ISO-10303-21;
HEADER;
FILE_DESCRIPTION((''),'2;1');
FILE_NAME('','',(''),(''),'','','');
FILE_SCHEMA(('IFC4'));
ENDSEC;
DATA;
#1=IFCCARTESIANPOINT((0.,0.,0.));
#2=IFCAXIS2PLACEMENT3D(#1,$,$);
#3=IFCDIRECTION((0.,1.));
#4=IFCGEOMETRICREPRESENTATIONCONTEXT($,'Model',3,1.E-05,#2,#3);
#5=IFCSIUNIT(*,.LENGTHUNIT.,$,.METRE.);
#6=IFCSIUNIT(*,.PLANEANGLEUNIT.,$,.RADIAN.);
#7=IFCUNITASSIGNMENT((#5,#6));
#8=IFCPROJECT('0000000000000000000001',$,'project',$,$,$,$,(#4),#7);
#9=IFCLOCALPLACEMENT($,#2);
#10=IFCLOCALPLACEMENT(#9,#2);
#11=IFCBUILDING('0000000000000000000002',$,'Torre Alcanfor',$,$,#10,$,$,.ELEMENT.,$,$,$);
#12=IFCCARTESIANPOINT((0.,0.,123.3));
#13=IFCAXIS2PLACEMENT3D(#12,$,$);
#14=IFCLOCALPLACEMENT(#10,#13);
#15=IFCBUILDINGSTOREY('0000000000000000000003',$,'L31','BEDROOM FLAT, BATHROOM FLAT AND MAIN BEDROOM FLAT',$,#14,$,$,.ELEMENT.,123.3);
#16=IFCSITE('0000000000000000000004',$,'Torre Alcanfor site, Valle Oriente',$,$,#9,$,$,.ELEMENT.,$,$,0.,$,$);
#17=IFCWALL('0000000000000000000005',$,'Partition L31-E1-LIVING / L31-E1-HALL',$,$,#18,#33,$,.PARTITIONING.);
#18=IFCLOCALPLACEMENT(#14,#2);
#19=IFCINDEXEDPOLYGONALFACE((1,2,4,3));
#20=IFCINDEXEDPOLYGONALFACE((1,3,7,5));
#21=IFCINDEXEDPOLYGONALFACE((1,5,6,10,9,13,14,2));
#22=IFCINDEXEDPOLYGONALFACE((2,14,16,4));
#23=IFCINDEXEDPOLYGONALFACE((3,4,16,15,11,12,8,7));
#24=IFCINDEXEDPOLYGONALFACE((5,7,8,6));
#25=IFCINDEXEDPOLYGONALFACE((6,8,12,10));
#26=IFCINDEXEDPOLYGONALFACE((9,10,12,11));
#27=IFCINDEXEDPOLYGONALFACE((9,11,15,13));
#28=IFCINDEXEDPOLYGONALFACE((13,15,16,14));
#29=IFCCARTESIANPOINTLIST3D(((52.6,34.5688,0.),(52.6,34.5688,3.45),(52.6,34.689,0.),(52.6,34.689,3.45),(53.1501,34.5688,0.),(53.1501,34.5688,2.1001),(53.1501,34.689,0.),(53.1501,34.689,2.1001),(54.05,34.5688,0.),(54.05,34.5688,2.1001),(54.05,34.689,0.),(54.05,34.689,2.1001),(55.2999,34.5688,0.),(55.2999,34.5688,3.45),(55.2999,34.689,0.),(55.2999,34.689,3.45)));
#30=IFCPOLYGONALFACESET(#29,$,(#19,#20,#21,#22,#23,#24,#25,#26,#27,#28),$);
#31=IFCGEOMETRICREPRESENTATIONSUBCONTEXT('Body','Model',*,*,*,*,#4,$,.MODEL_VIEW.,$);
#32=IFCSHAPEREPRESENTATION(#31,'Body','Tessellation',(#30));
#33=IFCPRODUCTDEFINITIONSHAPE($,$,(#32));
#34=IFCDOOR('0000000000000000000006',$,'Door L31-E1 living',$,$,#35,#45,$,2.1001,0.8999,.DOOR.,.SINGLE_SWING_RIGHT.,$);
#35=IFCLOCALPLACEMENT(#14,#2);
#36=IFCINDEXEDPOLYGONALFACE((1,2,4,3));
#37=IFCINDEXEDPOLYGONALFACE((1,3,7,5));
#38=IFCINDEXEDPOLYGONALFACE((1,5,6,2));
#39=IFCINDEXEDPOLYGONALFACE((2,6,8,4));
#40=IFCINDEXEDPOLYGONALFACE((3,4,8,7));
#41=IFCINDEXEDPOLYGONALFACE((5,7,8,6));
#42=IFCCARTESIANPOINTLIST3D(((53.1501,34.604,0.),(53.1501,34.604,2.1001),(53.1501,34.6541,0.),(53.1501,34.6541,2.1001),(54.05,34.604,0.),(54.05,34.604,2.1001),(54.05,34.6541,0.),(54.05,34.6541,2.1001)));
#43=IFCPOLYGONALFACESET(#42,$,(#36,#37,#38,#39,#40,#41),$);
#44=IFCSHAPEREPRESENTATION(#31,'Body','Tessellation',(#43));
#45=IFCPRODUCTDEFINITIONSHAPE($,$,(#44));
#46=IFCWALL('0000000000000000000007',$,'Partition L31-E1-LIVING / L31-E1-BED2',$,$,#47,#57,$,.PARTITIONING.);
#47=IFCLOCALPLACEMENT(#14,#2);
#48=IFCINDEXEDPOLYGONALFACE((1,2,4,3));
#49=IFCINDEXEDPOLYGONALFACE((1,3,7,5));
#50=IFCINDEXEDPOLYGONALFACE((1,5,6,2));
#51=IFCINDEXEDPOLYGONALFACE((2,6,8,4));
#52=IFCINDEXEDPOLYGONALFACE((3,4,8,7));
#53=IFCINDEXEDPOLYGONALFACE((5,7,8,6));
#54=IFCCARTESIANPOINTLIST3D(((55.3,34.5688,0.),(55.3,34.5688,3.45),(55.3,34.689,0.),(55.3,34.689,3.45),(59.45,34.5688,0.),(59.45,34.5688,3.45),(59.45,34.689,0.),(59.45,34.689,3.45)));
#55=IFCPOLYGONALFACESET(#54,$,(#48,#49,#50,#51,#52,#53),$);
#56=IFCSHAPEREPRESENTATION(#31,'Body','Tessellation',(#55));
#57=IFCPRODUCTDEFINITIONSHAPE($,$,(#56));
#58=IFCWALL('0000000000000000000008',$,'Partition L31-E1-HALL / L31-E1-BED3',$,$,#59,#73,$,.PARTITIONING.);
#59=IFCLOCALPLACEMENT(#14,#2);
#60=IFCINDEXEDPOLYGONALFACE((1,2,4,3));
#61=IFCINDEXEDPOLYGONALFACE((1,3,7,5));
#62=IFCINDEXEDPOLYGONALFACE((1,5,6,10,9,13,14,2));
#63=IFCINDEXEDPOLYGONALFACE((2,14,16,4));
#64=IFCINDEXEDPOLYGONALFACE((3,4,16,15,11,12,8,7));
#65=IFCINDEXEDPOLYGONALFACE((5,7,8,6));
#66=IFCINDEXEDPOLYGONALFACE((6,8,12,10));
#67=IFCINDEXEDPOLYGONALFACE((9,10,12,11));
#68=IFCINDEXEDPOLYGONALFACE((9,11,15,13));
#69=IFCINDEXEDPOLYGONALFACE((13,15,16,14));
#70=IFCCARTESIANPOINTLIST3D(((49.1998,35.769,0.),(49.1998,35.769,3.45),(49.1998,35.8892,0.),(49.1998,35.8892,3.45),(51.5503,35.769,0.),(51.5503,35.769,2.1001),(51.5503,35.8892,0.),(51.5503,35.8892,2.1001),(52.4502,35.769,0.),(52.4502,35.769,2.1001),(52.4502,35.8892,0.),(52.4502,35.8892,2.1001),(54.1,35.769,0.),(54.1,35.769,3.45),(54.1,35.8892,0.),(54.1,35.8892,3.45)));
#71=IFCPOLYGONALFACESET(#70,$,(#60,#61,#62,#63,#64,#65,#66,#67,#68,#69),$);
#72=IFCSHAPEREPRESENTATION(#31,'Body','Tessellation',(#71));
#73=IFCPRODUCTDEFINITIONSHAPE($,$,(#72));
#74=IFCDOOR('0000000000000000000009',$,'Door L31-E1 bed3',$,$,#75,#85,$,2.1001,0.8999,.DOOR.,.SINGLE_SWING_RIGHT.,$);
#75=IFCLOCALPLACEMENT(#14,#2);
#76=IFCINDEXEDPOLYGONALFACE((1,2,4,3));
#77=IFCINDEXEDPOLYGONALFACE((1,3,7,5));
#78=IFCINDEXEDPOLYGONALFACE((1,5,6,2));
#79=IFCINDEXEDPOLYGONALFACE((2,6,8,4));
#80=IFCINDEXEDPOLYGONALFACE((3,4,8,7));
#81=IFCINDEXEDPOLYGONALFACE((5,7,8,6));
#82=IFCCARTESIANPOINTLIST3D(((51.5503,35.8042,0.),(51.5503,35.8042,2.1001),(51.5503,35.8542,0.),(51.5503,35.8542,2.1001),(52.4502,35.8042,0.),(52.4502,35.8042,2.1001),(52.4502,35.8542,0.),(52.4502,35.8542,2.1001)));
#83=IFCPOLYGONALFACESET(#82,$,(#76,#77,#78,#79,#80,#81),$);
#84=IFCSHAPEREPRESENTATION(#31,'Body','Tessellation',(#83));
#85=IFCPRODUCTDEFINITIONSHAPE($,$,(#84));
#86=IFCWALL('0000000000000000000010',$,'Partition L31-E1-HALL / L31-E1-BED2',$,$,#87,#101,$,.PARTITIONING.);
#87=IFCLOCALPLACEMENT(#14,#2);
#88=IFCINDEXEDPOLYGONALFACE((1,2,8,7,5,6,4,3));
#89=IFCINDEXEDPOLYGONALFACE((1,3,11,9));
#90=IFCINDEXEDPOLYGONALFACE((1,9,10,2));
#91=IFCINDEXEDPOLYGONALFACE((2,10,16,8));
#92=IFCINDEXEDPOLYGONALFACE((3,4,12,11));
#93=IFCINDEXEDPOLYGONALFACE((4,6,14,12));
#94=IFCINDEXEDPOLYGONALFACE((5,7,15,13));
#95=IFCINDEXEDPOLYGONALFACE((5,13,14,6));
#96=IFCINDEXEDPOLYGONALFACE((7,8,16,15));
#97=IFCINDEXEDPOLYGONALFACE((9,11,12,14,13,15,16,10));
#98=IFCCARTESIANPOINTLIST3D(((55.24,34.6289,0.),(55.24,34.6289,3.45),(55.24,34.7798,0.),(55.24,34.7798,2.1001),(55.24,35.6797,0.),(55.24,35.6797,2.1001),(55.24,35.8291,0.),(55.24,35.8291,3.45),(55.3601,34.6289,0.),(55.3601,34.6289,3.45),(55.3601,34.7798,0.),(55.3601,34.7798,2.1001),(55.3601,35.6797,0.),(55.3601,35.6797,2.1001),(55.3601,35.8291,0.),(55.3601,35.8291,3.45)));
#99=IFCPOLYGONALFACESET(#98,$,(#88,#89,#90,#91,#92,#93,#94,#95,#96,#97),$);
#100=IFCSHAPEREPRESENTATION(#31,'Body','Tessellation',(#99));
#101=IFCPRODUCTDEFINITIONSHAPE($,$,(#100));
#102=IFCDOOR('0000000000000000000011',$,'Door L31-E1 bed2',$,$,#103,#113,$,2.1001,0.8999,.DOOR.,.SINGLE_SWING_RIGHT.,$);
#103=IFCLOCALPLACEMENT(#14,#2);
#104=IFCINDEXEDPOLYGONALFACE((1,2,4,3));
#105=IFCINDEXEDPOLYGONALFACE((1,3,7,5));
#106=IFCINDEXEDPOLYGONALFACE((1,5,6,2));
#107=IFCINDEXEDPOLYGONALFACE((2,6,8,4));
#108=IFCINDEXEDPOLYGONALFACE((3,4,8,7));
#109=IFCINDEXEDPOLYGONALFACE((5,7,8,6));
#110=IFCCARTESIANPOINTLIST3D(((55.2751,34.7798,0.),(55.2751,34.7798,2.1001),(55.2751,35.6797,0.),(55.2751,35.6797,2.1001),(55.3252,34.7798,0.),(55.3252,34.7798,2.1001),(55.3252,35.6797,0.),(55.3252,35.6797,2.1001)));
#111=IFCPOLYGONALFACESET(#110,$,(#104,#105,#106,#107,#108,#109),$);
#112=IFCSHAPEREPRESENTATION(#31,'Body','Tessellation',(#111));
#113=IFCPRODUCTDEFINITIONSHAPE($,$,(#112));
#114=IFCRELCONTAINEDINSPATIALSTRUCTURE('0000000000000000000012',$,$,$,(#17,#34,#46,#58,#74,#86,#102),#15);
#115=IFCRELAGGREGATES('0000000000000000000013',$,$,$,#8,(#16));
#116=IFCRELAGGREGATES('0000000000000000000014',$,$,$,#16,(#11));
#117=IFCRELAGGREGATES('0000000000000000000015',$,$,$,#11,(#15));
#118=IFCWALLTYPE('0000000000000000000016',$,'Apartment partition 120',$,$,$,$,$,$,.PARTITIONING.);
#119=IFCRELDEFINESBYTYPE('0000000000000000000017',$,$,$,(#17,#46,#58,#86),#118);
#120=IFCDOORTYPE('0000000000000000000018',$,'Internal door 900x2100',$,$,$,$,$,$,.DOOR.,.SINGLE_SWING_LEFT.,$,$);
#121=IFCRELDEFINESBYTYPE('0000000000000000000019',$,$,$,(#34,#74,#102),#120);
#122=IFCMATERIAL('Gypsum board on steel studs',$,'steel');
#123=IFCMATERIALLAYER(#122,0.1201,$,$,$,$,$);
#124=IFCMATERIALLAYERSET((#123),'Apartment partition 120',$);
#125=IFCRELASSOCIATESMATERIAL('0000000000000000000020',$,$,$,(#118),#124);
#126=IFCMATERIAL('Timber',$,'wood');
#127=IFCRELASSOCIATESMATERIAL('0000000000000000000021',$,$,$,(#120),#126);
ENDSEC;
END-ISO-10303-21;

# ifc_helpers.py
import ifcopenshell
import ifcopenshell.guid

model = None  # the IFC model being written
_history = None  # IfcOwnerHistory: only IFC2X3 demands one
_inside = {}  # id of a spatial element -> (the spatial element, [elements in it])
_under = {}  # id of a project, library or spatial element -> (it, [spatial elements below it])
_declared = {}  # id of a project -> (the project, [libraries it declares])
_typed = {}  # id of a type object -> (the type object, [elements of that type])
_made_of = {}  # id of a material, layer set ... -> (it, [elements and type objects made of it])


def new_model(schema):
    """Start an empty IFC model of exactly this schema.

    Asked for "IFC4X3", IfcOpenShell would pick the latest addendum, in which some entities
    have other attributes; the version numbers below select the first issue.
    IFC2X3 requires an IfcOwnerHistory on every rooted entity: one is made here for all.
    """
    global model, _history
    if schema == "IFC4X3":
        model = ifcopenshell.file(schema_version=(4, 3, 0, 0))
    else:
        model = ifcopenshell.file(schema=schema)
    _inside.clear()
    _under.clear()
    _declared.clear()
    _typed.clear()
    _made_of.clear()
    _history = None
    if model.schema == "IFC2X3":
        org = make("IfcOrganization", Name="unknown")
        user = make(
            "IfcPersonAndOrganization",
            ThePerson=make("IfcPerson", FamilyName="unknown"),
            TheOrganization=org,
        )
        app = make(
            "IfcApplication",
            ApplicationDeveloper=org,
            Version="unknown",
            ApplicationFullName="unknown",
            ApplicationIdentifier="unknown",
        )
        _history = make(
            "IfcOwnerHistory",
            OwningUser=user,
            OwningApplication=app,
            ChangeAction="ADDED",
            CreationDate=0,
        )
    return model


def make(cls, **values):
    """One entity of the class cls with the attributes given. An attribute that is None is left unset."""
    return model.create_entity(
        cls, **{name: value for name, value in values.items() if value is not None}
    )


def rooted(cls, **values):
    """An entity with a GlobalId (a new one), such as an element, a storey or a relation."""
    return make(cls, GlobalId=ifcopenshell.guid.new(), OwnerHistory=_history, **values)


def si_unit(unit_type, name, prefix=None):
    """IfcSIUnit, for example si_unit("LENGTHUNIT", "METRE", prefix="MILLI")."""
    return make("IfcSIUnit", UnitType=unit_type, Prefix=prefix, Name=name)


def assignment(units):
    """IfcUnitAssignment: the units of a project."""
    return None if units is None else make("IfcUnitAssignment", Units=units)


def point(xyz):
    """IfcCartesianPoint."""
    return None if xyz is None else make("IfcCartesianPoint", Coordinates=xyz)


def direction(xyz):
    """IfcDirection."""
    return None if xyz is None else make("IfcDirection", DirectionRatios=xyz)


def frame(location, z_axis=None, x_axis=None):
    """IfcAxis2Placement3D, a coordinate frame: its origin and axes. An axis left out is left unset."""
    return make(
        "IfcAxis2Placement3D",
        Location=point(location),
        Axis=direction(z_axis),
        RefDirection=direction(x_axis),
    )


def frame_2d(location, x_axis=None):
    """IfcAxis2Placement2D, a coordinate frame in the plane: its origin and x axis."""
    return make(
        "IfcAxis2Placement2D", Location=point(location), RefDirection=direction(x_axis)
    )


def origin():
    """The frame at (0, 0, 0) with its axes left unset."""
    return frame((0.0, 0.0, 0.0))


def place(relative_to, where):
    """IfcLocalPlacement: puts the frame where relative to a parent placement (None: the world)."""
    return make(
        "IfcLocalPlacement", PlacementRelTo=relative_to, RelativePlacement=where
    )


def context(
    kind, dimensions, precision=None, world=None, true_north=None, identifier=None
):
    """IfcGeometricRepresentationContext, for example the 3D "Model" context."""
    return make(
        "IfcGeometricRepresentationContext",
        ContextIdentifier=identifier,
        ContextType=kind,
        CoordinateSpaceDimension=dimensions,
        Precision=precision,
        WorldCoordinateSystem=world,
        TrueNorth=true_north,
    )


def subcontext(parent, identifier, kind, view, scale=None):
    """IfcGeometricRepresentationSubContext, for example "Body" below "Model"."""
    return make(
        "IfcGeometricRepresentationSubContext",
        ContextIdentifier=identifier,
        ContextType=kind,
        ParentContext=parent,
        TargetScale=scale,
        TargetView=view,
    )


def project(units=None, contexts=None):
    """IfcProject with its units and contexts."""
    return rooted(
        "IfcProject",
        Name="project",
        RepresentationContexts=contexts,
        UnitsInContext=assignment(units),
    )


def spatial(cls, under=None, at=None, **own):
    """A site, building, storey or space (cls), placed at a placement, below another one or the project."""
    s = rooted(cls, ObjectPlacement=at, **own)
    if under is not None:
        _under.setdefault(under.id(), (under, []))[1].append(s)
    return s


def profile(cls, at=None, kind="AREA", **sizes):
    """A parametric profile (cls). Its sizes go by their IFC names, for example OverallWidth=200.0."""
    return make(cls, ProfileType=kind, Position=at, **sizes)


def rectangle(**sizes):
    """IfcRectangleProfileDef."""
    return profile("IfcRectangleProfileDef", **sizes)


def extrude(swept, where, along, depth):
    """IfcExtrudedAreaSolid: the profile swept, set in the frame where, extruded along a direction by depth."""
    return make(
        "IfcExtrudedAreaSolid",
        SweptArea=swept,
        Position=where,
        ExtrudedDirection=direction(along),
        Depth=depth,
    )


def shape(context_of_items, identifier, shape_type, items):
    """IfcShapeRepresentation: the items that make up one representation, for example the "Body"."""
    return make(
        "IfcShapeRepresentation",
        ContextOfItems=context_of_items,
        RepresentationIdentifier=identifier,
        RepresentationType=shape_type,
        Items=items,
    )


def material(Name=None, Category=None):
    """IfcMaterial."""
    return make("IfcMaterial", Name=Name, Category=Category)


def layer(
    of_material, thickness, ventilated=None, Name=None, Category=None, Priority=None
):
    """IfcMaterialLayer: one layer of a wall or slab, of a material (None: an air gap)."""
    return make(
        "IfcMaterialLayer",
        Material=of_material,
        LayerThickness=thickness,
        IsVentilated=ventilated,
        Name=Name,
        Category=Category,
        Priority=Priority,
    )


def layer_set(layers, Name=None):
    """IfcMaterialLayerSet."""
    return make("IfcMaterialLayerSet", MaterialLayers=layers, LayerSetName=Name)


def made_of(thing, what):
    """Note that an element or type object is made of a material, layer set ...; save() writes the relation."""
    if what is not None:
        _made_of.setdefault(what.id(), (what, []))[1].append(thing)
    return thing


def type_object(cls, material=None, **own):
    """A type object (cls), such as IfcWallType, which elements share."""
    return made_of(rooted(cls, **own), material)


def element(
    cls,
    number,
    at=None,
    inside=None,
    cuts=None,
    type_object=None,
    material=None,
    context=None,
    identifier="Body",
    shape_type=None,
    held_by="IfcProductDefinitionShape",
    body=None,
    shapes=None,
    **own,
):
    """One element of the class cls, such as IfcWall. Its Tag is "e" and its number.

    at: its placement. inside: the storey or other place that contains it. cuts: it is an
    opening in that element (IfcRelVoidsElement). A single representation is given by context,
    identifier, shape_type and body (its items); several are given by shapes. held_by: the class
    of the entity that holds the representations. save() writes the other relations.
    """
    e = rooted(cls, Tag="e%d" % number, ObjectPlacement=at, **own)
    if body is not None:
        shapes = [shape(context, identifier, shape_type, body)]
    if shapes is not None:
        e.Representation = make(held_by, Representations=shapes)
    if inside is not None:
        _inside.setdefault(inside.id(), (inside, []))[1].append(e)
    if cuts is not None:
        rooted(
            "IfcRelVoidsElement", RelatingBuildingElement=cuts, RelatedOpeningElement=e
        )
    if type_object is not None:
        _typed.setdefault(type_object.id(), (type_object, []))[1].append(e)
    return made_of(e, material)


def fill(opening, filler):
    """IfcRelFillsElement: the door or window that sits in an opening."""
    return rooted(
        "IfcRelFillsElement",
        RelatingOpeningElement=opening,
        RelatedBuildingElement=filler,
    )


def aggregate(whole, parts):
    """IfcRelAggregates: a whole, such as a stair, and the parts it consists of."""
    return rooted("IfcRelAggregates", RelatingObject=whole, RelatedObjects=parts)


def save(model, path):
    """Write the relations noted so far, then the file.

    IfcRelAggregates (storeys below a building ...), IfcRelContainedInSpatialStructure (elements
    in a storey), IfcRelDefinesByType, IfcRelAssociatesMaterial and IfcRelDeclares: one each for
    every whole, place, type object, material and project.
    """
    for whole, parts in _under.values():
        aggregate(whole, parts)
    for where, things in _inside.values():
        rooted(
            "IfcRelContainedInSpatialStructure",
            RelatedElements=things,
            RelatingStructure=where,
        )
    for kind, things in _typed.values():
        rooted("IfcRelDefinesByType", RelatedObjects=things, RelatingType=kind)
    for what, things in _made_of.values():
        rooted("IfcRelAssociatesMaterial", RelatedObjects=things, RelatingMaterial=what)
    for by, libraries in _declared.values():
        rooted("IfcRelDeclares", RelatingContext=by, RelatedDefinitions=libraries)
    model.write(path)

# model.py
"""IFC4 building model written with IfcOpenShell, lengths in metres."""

from ifc_helpers import new_model, si_unit, direction, frame, frame_2d, origin, place, context, subcontext, project, spatial, rectangle, extrude, material, layer, layer_set, type_object, element, fill, save


model = new_model("IFC4")

# Units and contexts
model_context = context("Model", 3, precision=1e-05, world=origin(), true_north=direction((0.0, 1.0)))
body_context = subcontext(model_context, "Body", "Model", "MODEL_VIEW")
ifc_project = project(units=[si_unit("LENGTHUNIT", "METRE"), si_unit("PLANEANGLEUNIT", "RADIAN")], contexts=[model_context])

# Site, building, storey
site_placement = place(None, origin())
site = spatial("IfcSite", under=ifc_project, at=site_placement, Name="Torre Alcanfor site, Valle Oriente", CompositionType="ELEMENT", RefElevation=0.0)
building_placement = place(site_placement, origin())
building = spatial("IfcBuilding", under=site, at=building_placement, Name="Torre Alcanfor", CompositionType="ELEMENT")
storey_placement = place(building_placement, frame((0.0, 0.0, 123.3)))
storey = spatial("IfcBuildingStorey", under=building, at=storey_placement, Name="L31", Description="BEDROOM FLAT, BATHROOM FLAT AND MAIN BEDROOM FLAT", CompositionType="ELEMENT", Elevation=123.3)

# Shared definitions
ifc_material_1 = material(Name="Gypsum board on steel studs", Category="steel")
ifc_layer_1 = layer(ifc_material_1, 0.1201)
ifc_layer_set_1 = layer_set([ifc_layer_1], Name="Apartment partition 120")
wall_type = type_object("IfcWallType", Name="Apartment partition 120", PredefinedType="PARTITIONING", material=ifc_layer_set_1)

# Wall, opening, door
wall_1_placement = place(storey_placement, frame((55.3, 34.6289, 0.0), z_axis=(0.0, 0.0, 1.0), x_axis=(-1.0, 0.0, 0.0)))
wall_1 = element("IfcWall", 1, at=wall_1_placement, inside=storey, type_object=wall_type, Name="Partition L31-E1-LIVING / L31-E1-HALL", PredefinedType="PARTITIONING", context=body_context, shape_type="SweptSolid", body=[
    extrude(rectangle(XDim=2.7, YDim=0.1201, at=frame_2d((1.3501, 0.0))), origin(), (0.0, 0.0, 1.0), 3.45),
])
opening_1_placement = place(wall_1_placement, frame((1.25, 0.0, 0.0)))
opening_1 = element("IfcOpeningElement", 2, at=opening_1_placement, cuts=wall_1, PredefinedType="OPENING", context=body_context, shape_type="SweptSolid", body=[
    extrude(rectangle(XDim=0.8999, YDim=2.1001, at=frame_2d((0.45, 1.05))), frame((0.0, 0.0701, 0.0), z_axis=(0.0, -1.0, 0.0), x_axis=(1.0, 0.0, 0.0)), (0.0, 0.0, 1.0), 0.1401),
])
ifc_material_2 = material(Name="Timber", Category="wood")
door_type = type_object("IfcDoorType", Name="Internal door 900x2100", OperationType="SINGLE_SWING_LEFT", PredefinedType="DOOR", material=ifc_material_2)
door_1_placement = place(opening_1_placement, origin())
door_1 = element("IfcDoor", 3, at=door_1_placement, inside=storey, type_object=door_type, Name="Door L31-E1 living", OperationType="SINGLE_SWING_RIGHT", OverallHeight=2.1001, OverallWidth=0.8999, PredefinedType="DOOR", context=body_context, shape_type="SweptSolid", body=[
    extrude(rectangle(XDim=0.8999, YDim=2.1001, at=frame_2d((0.45, 1.05))), frame((0.0, 0.0249, 0.0), z_axis=(0.0, -1.0, 0.0), x_axis=(1.0, 0.0, 0.0)), (0.0, 0.0, 1.0), 0.05),
])
fill(opening_1, door_1)

# Wall
wall_2_placement = place(storey_placement, frame((59.45, 34.6289, 0.0), z_axis=(0.0, 0.0, 1.0), x_axis=(-1.0, 0.0, 0.0)))
element("IfcWall", 4, at=wall_2_placement, inside=storey, type_object=wall_type, Name="Partition L31-E1-LIVING / L31-E1-BED2", PredefinedType="PARTITIONING", context=body_context, shape_type="SweptSolid", body=[
    extrude(rectangle(XDim=4.1499, YDim=0.1201, at=frame_2d((2.075, 0.0))), origin(), (0.0, 0.0, 1.0), 3.45),
])

# Walls, openings, doors
wall_3_placement = place(storey_placement, frame((54.1001, 35.8291, 0.0), z_axis=(0.0, 0.0, 1.0), x_axis=(-1.0, 0.0, 0.0)))
wall_3 = element("IfcWall", 5, at=wall_3_placement, inside=storey, type_object=wall_type, Name="Partition L31-E1-HALL / L31-E1-BED3", PredefinedType="PARTITIONING", context=body_context, shape_type="SweptSolid", body=[
    extrude(rectangle(XDim=4.9001, YDim=0.1201, at=frame_2d((2.4502, 0.0))), origin(), (0.0, 0.0, 1.0), 3.45),
])
opening_2_placement = place(wall_3_placement, frame((1.6499, 0.0, 0.0)))
opening_2 = element("IfcOpeningElement", 6, at=opening_2_placement, cuts=wall_3, PredefinedType="OPENING", context=body_context, shape_type="SweptSolid", body=[
    extrude(rectangle(XDim=0.8999, YDim=2.1001, at=frame_2d((0.45, 1.05))), frame((0.0, 0.0701, 0.0), z_axis=(0.0, -1.0, 0.0), x_axis=(1.0, 0.0, 0.0)), (0.0, 0.0, 1.0), 0.1401),
])
door_2_placement = place(opening_2_placement, frame((0.8999, 0.0, 0.0), z_axis=(0.0, 0.0, 1.0), x_axis=(-1.0, 0.0, 0.0)))
door_2 = element("IfcDoor", 7, at=door_2_placement, inside=storey, type_object=door_type, Name="Door L31-E1 bed3", OperationType="SINGLE_SWING_RIGHT", OverallHeight=2.1001, OverallWidth=0.8999, PredefinedType="DOOR", context=body_context, shape_type="SweptSolid", body=[
    extrude(rectangle(XDim=0.8999, YDim=2.1001, at=frame_2d((0.45, 1.05))), frame((0.0, 0.0251, 0.0), z_axis=(0.0, -1.0, 0.0), x_axis=(1.0, 0.0, 0.0)), (0.0, 0.0, 1.0), 0.05),
])
fill(opening_2, door_2)
wall_4_placement = place(storey_placement, frame((55.3, 34.6289, 0.0), z_axis=(0.0, 0.0, 1.0), x_axis=(0.0, 1.0, 0.0)))
wall_4 = element("IfcWall", 8, at=wall_4_placement, inside=storey, type_object=wall_type, Name="Partition L31-E1-HALL / L31-E1-BED2", PredefinedType="PARTITIONING", context=body_context, shape_type="SweptSolid", body=[
    extrude(rectangle(XDim=1.2002, YDim=0.1201, at=frame_2d((0.6001, 0.0))), origin(), (0.0, 0.0, 1.0), 3.45),
])
opening_3_placement = place(wall_4_placement, frame((0.1509, 0.0, 0.0)))
opening_3 = element("IfcOpeningElement", 9, at=opening_3_placement, cuts=wall_4, PredefinedType="OPENING", context=body_context, shape_type="SweptSolid", body=[
    extrude(rectangle(XDim=0.8999, YDim=2.1001, at=frame_2d((0.45, 1.05))), frame((0.0, 0.0701, 0.0), z_axis=(0.0, -1.0, 0.0), x_axis=(1.0, 0.0, 0.0)), (0.0, 0.0, 1.0), 0.1401),
])
door_3_placement = place(opening_3_placement, frame((0.8999, 0.0, 0.0), z_axis=(0.0, 0.0, 1.0), x_axis=(-1.0, 0.0, 0.0)))
door_3 = element("IfcDoor", 10, at=door_3_placement, inside=storey, type_object=door_type, Name="Door L31-E1 bed2", OperationType="SINGLE_SWING_RIGHT", OverallHeight=2.1001, OverallWidth=0.8999, PredefinedType="DOOR", context=body_context, shape_type="SweptSolid", body=[
    extrude(rectangle(XDim=0.8999, YDim=2.1001, at=frame_2d((0.45, 1.05))), frame((0.0, 0.0251, 0.0), z_axis=(0.0, -1.0, 0.0), x_axis=(1.0, 0.0, 0.0)), (0.0, 0.0, 1.0), 0.05),
])
fill(opening_3, door_3)

save(model, "model.ifc")
